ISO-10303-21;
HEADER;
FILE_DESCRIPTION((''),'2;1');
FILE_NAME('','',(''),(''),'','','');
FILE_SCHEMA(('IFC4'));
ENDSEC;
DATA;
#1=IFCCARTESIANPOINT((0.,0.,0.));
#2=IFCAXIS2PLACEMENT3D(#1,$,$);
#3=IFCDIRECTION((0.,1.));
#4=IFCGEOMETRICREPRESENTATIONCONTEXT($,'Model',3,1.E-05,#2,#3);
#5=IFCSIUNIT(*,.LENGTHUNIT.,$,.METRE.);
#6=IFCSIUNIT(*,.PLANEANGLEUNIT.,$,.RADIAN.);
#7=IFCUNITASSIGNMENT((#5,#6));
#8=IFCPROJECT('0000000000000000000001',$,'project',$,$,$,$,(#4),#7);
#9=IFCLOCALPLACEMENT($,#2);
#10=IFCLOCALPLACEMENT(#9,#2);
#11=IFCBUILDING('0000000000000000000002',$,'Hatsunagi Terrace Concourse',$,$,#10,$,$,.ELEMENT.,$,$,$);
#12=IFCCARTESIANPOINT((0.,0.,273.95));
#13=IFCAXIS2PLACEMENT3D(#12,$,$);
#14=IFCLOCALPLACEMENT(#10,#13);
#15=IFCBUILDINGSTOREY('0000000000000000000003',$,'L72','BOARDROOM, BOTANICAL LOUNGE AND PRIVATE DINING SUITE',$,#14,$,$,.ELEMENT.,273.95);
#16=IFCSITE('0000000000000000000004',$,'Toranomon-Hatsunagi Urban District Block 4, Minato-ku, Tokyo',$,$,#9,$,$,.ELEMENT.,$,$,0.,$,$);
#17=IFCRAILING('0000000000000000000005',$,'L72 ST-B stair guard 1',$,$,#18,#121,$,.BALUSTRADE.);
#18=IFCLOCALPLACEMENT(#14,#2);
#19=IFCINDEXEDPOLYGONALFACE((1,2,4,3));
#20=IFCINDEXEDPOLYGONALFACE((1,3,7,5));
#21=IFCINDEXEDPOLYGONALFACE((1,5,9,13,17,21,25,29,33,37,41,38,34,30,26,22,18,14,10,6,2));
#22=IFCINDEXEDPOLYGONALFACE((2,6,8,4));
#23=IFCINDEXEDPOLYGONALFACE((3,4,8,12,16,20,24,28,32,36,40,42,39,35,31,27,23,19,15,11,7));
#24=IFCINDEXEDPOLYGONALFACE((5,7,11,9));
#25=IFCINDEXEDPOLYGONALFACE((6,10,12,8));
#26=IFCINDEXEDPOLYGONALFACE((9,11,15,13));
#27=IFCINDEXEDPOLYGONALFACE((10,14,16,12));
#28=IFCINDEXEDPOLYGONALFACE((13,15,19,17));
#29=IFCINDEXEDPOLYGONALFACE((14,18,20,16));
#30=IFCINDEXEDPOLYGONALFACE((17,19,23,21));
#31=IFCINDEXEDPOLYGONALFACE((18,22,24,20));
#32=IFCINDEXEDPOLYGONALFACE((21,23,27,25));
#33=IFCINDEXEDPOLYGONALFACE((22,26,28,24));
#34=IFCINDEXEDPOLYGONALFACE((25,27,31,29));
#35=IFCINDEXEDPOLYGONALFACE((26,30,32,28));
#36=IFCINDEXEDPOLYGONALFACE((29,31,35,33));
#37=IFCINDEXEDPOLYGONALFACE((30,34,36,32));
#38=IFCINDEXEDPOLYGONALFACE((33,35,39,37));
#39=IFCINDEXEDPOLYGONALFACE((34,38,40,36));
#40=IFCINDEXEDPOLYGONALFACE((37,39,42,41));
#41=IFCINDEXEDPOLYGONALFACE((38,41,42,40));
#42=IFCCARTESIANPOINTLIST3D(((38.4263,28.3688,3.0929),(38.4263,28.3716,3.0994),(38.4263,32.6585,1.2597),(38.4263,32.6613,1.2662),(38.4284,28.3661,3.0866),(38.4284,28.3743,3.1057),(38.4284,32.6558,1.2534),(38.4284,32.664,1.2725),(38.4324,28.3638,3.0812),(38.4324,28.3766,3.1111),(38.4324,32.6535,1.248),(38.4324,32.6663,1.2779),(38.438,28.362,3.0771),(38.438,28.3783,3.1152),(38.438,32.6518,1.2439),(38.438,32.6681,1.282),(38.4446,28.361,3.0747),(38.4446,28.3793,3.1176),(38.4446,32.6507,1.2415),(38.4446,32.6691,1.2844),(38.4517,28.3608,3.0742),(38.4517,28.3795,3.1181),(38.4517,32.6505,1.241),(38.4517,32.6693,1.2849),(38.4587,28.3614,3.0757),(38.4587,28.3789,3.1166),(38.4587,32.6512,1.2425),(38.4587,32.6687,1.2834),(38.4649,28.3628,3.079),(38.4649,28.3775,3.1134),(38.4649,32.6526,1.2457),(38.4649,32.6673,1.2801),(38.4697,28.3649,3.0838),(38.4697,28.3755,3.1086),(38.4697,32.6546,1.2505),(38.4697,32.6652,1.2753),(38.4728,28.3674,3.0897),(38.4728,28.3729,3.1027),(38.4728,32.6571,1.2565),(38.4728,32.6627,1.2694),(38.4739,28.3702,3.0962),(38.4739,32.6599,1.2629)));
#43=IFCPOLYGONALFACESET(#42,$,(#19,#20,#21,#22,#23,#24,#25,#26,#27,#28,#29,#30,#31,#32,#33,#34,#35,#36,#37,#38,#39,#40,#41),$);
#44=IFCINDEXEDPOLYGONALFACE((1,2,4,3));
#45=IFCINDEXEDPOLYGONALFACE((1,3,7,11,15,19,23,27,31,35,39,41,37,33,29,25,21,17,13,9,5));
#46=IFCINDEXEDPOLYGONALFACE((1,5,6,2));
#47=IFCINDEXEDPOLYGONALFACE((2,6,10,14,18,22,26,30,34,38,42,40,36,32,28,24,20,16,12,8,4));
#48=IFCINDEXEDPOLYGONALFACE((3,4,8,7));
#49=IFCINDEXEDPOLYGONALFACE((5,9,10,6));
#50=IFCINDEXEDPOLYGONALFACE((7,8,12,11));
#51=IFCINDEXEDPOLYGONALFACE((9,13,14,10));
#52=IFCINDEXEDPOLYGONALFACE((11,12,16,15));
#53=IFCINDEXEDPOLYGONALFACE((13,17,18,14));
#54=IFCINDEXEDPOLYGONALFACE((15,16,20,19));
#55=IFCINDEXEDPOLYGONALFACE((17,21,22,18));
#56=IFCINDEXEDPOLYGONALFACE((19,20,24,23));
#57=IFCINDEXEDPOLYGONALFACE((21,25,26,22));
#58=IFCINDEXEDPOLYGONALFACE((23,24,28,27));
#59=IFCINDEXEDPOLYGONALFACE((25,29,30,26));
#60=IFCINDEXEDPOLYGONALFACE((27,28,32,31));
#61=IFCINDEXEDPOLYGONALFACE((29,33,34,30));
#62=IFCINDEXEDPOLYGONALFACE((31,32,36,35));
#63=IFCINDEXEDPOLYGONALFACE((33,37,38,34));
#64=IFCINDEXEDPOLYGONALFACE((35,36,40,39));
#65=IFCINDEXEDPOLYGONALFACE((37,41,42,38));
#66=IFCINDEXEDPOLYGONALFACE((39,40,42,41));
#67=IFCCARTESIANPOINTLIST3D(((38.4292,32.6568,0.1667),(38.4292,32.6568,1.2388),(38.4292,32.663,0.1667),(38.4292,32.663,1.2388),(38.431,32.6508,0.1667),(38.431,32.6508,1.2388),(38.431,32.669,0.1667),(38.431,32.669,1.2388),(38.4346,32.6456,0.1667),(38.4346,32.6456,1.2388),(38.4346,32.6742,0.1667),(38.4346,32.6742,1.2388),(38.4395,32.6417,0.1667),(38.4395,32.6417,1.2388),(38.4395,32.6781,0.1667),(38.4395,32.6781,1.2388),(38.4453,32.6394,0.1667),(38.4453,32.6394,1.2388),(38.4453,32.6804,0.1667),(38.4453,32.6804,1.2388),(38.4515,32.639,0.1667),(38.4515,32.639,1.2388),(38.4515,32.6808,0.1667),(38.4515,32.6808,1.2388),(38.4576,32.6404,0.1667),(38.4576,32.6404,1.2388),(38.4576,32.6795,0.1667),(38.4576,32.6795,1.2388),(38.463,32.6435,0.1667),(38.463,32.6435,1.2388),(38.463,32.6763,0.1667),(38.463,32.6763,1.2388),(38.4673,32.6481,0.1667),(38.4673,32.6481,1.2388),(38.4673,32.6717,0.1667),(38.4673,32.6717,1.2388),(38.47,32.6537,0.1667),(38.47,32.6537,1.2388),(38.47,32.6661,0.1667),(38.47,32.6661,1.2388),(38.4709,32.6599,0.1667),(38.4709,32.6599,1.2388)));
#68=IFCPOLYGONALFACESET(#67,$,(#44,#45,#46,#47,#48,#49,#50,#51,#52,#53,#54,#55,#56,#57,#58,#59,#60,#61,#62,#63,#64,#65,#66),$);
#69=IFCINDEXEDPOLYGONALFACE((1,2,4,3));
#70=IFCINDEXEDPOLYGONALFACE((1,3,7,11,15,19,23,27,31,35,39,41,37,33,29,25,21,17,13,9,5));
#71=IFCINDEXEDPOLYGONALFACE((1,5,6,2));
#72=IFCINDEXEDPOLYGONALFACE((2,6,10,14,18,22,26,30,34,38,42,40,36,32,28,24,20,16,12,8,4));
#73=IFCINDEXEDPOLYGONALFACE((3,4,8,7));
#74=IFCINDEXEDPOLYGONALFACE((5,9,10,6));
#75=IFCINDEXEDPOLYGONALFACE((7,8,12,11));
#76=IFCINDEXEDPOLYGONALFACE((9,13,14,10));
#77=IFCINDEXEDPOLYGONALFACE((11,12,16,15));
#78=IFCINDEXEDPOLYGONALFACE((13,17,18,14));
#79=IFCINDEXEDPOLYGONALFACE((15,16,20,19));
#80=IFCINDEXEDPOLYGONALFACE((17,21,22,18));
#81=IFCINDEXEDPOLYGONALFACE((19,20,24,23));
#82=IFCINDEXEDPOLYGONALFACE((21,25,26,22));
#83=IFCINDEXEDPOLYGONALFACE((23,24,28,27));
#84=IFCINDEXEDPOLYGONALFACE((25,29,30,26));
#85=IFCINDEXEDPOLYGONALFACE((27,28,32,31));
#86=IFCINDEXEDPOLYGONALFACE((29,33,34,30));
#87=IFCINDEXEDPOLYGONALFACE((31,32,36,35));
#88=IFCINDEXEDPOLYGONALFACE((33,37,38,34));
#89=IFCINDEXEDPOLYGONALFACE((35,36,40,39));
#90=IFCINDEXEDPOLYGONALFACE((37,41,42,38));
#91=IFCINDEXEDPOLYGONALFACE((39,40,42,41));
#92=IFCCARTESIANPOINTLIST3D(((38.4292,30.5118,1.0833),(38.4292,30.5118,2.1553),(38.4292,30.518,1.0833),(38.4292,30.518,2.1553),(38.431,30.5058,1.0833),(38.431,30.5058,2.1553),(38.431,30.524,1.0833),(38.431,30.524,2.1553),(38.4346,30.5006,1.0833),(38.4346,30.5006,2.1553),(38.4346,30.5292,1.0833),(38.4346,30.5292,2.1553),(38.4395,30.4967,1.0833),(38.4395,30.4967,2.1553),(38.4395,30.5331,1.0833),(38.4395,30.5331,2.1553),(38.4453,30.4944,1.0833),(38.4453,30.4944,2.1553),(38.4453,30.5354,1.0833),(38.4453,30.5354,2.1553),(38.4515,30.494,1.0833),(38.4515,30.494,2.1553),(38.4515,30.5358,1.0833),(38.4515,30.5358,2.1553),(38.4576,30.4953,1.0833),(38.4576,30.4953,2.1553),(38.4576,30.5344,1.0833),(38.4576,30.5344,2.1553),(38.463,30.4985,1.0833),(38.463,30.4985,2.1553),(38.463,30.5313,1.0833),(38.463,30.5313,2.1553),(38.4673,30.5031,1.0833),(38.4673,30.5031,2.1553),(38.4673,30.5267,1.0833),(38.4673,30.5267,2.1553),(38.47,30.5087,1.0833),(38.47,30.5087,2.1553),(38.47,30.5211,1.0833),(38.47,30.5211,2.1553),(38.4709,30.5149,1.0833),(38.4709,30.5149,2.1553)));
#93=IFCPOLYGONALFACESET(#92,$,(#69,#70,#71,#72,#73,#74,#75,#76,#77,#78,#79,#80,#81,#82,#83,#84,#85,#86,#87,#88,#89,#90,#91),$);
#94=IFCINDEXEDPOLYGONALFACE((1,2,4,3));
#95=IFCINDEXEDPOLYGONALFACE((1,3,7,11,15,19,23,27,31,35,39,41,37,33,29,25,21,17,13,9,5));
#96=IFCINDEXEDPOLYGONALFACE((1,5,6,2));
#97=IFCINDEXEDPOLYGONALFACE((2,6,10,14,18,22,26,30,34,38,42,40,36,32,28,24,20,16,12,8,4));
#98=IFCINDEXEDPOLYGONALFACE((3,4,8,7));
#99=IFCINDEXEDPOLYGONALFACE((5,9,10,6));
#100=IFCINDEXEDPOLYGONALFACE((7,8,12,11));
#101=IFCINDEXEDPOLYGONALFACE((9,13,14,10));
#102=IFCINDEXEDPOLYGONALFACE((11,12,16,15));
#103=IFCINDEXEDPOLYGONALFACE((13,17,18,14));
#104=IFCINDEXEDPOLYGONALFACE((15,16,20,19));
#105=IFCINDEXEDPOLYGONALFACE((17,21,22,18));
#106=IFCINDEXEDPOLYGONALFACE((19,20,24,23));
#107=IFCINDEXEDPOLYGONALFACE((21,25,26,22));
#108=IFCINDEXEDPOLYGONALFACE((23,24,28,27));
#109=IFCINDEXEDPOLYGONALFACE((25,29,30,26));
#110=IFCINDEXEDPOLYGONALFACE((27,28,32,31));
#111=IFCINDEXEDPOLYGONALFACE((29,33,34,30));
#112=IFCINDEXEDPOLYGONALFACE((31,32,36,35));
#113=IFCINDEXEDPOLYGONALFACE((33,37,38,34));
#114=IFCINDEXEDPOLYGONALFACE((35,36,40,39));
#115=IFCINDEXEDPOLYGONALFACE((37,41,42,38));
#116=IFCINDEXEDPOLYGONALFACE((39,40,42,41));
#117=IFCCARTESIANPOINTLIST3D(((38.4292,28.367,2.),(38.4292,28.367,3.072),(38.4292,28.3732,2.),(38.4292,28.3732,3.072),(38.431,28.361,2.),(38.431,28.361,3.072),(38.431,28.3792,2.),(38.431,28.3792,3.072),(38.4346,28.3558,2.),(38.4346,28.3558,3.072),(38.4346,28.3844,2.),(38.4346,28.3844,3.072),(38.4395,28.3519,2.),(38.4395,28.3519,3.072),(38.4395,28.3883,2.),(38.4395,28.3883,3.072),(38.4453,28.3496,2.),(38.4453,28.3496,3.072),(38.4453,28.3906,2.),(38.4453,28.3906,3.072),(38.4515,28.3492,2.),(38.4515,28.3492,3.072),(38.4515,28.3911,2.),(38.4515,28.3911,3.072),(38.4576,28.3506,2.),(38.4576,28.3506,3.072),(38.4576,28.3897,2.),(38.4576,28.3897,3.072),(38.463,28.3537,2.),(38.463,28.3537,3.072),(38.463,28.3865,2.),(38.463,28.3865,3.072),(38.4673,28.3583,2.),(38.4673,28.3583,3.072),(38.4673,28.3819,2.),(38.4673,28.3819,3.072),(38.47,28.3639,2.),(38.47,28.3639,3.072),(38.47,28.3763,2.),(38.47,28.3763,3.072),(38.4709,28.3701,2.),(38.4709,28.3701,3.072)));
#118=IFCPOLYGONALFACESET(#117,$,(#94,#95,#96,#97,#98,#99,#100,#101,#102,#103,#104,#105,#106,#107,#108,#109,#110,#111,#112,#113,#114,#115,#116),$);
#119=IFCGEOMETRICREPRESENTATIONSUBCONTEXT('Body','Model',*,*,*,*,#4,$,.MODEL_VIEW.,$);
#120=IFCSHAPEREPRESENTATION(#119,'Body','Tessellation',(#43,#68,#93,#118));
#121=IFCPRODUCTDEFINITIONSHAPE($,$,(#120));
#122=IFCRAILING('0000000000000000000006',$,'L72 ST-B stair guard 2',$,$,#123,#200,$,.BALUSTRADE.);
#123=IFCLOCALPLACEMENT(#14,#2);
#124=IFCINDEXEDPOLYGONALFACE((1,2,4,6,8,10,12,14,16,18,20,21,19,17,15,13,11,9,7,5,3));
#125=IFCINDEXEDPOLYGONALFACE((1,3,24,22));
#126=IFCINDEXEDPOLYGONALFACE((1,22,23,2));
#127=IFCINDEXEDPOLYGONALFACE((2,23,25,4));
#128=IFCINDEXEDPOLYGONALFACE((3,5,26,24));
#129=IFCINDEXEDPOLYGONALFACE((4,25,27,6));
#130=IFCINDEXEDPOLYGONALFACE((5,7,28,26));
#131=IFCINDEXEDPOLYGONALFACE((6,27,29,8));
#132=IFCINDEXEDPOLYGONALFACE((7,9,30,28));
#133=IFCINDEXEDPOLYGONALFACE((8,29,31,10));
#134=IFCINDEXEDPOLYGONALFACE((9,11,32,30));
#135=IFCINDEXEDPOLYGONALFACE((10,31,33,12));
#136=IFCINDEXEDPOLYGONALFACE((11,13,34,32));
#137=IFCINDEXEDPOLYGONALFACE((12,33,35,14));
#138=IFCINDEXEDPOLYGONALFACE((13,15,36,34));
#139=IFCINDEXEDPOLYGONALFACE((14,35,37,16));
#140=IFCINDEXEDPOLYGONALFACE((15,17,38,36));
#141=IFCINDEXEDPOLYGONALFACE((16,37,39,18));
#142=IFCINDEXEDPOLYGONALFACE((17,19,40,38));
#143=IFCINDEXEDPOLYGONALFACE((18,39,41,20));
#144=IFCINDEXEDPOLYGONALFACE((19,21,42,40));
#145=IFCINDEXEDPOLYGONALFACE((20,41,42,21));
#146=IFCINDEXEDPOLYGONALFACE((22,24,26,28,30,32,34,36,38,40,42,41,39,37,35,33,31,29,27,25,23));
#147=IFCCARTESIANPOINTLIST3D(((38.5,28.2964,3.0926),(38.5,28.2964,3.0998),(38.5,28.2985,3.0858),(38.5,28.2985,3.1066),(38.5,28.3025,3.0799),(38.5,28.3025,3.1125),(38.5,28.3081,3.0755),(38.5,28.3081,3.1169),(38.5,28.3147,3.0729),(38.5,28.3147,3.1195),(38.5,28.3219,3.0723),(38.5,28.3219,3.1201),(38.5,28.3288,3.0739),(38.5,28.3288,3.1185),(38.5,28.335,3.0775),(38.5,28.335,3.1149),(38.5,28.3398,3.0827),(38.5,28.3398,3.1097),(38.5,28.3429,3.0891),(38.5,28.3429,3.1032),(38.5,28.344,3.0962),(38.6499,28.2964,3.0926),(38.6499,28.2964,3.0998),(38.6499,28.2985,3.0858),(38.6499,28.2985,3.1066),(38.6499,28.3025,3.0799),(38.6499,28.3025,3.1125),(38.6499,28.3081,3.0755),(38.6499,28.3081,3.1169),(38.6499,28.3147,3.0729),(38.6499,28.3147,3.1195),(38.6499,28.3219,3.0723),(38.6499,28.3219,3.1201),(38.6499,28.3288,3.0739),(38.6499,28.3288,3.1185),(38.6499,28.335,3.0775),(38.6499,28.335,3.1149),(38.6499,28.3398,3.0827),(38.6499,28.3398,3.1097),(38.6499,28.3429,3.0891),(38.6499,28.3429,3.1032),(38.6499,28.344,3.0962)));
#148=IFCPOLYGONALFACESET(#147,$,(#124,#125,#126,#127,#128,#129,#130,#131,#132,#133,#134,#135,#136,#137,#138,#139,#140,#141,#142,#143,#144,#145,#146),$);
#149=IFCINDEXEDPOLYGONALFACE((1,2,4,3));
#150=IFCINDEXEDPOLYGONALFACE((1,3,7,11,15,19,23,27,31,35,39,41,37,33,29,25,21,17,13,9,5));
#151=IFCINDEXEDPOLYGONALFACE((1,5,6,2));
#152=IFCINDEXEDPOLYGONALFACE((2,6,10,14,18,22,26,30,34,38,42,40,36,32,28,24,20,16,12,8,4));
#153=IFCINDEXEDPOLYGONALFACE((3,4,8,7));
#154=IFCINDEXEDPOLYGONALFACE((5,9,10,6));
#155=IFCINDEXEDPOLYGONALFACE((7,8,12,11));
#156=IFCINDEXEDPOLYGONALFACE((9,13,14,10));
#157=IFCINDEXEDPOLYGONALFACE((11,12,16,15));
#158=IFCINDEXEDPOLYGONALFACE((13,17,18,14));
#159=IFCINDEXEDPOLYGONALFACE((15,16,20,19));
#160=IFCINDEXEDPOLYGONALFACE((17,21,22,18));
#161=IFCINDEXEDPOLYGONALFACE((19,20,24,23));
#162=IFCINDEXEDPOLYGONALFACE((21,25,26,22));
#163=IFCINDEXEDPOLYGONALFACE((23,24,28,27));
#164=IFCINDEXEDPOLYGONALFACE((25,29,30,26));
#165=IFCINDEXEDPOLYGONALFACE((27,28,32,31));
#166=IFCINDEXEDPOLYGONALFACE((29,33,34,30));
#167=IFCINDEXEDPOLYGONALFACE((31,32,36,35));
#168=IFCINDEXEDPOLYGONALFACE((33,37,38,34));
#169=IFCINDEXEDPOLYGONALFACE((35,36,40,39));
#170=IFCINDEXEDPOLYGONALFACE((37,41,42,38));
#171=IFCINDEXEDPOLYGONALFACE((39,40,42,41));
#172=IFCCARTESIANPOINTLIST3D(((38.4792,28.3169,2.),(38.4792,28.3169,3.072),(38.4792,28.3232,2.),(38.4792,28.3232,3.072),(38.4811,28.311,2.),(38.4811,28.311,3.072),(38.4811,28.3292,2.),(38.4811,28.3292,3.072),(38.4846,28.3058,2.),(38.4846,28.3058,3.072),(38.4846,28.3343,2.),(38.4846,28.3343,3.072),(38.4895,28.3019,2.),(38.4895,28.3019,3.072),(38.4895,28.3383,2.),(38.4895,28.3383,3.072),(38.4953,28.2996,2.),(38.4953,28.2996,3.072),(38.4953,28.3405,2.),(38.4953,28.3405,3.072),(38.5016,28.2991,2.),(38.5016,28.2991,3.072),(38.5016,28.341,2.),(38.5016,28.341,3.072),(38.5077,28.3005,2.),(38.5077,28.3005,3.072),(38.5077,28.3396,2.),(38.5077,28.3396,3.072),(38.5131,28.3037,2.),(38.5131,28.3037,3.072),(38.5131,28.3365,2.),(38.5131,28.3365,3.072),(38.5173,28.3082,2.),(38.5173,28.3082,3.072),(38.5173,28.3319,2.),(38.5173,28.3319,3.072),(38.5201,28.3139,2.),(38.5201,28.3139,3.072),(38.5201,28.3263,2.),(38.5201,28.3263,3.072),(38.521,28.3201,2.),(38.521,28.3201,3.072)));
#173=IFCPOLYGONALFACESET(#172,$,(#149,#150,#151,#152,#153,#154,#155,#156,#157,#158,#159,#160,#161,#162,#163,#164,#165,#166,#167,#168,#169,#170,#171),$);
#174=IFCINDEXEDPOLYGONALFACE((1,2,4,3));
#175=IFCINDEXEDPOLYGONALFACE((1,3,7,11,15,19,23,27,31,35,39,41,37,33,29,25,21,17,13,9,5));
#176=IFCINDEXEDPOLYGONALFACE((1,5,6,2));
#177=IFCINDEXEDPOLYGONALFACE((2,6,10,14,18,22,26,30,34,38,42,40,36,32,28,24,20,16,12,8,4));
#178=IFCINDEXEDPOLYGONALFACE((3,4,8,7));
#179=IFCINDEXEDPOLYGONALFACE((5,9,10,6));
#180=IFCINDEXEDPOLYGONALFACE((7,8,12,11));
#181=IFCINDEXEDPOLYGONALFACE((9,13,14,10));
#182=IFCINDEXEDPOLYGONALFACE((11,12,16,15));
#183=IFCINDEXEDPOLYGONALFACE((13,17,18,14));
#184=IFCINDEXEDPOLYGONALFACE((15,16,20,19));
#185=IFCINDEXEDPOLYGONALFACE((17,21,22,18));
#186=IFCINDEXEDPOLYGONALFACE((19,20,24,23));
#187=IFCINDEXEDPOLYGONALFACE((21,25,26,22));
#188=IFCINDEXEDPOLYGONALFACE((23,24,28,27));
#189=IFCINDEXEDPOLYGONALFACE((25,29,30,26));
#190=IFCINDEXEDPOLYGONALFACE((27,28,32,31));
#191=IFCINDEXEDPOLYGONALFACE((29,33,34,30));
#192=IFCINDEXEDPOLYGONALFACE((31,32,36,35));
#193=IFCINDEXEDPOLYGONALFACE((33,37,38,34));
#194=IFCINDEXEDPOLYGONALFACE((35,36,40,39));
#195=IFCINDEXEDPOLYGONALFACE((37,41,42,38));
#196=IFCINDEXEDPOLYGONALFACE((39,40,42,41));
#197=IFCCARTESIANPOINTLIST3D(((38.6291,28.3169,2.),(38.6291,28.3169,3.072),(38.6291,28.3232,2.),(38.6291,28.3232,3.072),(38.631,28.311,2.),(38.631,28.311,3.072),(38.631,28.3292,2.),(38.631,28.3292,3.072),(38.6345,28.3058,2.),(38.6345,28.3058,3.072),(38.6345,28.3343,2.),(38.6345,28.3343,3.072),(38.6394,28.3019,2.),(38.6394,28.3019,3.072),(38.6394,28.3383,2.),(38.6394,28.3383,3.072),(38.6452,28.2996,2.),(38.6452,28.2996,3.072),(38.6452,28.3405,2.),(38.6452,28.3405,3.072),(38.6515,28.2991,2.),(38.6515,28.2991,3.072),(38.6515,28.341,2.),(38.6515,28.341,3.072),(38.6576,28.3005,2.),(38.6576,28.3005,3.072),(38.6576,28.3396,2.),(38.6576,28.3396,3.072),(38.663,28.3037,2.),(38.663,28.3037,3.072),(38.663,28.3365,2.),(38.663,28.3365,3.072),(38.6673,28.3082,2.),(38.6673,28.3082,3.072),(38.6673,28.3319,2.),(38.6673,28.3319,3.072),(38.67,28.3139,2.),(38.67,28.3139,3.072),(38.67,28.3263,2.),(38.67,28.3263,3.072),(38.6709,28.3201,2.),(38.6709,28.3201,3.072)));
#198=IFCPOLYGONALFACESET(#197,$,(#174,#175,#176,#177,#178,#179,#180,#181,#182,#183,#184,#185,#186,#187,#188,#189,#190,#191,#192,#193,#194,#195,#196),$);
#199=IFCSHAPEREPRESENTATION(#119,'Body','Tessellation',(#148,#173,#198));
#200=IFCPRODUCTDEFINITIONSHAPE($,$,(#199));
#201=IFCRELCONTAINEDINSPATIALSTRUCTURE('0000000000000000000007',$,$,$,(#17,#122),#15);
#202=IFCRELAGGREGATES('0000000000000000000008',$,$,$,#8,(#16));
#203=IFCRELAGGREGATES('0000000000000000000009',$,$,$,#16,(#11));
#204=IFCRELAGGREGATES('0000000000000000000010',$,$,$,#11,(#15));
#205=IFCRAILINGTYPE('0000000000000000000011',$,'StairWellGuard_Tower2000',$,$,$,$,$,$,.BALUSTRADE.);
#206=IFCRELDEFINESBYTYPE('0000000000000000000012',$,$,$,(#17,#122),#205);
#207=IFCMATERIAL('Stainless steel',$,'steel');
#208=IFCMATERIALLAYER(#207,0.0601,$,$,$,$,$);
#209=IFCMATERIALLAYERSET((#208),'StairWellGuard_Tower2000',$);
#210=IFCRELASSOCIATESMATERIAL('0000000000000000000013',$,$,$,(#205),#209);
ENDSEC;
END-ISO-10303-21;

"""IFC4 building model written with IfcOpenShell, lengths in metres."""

from ifc_helpers import new_model, si_unit, direction, frame, origin, origin_2d, place, context, subcontext, project, spatial, circle, extrude, material, layer, layer_set, type_object, element, save


model = new_model("IFC4")

# Units and contexts
model_context = context("Model", 3, precision=1e-05, world=origin(), true_north=direction((0.0, 1.0)))
body_context = subcontext(model_context, "Body", "Model", "MODEL_VIEW")
ifc_project = project(units=[si_unit("LENGTHUNIT", "METRE"), si_unit("PLANEANGLEUNIT", "RADIAN")], contexts=[model_context])

# Site, building, storey
site_placement = place(None, origin())
site = spatial("IfcSite", under=ifc_project, at=site_placement, Name="Toranomon-Hatsunagi Urban District Block 4, Minato-ku, Tokyo", CompositionType="ELEMENT", RefElevation=0.0)
building_placement = place(site_placement, origin())
building = spatial("IfcBuilding", under=site, at=building_placement, Name="Hatsunagi Terrace Concourse", CompositionType="ELEMENT")
storey_placement = place(building_placement, frame((0.0, 0.0, 273.95)))
storey = spatial("IfcBuildingStorey", under=building, at=storey_placement, Name="L72", Description="BOARDROOM, BOTANICAL LOUNGE AND PRIVATE DINING SUITE", CompositionType="ELEMENT", Elevation=273.95)

# Railings
ifc_material_1 = material(Name="Stainless steel", Category="steel")
ifc_layer_1 = layer(ifc_material_1, 0.0601)
ifc_layer_set_1 = layer_set([ifc_layer_1], Name="StairWellGuard_Tower2000")
railing_type_1 = type_object("IfcRailingType", Name="StairWellGuard_Tower2000", PredefinedType="BALUSTRADE", material=ifc_layer_set_1)
railing_1_placement = place(storey_placement, frame((38.45, 32.6599, 0.1667)))
element("IfcRailing", 1, at=railing_1_placement, inside=storey, type_object=railing_type_1, Name="L72 ST-B stair guard 1", PredefinedType="BALUSTRADE", context=body_context, shape_type="SweptSolid", body=[
    extrude(circle(Radius=0.0239, at=origin_2d()), frame((0.0, 0.0, 1.0962), z_axis=(0.0, -0.919551, 0.392972), x_axis=(1.0, 0.0, 0.0)), (0.0, 0.0, 1.0), 4.665),
    extrude(circle(Radius=0.021, at=origin_2d()), origin(), (0.0, 0.0, 1.0), 1.072),
    extrude(circle(Radius=0.021, at=origin_2d()), frame((0.0, -2.145, 0.9165)), (0.0, 0.0, 1.0), 1.072),
    extrude(circle(Radius=0.021, at=origin_2d()), frame((0.0, -4.2898, 1.8333)), (0.0, 0.0, 1.0), 1.072),
])
railing_2_placement = place(storey_placement, frame((38.5, 28.3201, 2.0)))
element("IfcRailing", 2, at=railing_2_placement, inside=storey, type_object=railing_type_1, Name="L72 ST-B stair guard 2", PredefinedType="BALUSTRADE", context=body_context, shape_type="SweptSolid", body=[
    extrude(circle(Radius=0.0239, at=origin_2d()), frame((0.0, 0.0, 1.0962), z_axis=(1.0, 0.0, 0.0), x_axis=(0.0, 1.0, 0.0)), (0.0, 0.0, 1.0), 0.1499),
    extrude(circle(Radius=0.021, at=origin_2d()), origin(), (0.0, 0.0, 1.0), 1.072),
    extrude(circle(Radius=0.021, at=origin_2d()), frame((0.1499, 0.0, 0.0)), (0.0, 0.0, 1.0), 1.072),
])

save(model, "model.ifc")
